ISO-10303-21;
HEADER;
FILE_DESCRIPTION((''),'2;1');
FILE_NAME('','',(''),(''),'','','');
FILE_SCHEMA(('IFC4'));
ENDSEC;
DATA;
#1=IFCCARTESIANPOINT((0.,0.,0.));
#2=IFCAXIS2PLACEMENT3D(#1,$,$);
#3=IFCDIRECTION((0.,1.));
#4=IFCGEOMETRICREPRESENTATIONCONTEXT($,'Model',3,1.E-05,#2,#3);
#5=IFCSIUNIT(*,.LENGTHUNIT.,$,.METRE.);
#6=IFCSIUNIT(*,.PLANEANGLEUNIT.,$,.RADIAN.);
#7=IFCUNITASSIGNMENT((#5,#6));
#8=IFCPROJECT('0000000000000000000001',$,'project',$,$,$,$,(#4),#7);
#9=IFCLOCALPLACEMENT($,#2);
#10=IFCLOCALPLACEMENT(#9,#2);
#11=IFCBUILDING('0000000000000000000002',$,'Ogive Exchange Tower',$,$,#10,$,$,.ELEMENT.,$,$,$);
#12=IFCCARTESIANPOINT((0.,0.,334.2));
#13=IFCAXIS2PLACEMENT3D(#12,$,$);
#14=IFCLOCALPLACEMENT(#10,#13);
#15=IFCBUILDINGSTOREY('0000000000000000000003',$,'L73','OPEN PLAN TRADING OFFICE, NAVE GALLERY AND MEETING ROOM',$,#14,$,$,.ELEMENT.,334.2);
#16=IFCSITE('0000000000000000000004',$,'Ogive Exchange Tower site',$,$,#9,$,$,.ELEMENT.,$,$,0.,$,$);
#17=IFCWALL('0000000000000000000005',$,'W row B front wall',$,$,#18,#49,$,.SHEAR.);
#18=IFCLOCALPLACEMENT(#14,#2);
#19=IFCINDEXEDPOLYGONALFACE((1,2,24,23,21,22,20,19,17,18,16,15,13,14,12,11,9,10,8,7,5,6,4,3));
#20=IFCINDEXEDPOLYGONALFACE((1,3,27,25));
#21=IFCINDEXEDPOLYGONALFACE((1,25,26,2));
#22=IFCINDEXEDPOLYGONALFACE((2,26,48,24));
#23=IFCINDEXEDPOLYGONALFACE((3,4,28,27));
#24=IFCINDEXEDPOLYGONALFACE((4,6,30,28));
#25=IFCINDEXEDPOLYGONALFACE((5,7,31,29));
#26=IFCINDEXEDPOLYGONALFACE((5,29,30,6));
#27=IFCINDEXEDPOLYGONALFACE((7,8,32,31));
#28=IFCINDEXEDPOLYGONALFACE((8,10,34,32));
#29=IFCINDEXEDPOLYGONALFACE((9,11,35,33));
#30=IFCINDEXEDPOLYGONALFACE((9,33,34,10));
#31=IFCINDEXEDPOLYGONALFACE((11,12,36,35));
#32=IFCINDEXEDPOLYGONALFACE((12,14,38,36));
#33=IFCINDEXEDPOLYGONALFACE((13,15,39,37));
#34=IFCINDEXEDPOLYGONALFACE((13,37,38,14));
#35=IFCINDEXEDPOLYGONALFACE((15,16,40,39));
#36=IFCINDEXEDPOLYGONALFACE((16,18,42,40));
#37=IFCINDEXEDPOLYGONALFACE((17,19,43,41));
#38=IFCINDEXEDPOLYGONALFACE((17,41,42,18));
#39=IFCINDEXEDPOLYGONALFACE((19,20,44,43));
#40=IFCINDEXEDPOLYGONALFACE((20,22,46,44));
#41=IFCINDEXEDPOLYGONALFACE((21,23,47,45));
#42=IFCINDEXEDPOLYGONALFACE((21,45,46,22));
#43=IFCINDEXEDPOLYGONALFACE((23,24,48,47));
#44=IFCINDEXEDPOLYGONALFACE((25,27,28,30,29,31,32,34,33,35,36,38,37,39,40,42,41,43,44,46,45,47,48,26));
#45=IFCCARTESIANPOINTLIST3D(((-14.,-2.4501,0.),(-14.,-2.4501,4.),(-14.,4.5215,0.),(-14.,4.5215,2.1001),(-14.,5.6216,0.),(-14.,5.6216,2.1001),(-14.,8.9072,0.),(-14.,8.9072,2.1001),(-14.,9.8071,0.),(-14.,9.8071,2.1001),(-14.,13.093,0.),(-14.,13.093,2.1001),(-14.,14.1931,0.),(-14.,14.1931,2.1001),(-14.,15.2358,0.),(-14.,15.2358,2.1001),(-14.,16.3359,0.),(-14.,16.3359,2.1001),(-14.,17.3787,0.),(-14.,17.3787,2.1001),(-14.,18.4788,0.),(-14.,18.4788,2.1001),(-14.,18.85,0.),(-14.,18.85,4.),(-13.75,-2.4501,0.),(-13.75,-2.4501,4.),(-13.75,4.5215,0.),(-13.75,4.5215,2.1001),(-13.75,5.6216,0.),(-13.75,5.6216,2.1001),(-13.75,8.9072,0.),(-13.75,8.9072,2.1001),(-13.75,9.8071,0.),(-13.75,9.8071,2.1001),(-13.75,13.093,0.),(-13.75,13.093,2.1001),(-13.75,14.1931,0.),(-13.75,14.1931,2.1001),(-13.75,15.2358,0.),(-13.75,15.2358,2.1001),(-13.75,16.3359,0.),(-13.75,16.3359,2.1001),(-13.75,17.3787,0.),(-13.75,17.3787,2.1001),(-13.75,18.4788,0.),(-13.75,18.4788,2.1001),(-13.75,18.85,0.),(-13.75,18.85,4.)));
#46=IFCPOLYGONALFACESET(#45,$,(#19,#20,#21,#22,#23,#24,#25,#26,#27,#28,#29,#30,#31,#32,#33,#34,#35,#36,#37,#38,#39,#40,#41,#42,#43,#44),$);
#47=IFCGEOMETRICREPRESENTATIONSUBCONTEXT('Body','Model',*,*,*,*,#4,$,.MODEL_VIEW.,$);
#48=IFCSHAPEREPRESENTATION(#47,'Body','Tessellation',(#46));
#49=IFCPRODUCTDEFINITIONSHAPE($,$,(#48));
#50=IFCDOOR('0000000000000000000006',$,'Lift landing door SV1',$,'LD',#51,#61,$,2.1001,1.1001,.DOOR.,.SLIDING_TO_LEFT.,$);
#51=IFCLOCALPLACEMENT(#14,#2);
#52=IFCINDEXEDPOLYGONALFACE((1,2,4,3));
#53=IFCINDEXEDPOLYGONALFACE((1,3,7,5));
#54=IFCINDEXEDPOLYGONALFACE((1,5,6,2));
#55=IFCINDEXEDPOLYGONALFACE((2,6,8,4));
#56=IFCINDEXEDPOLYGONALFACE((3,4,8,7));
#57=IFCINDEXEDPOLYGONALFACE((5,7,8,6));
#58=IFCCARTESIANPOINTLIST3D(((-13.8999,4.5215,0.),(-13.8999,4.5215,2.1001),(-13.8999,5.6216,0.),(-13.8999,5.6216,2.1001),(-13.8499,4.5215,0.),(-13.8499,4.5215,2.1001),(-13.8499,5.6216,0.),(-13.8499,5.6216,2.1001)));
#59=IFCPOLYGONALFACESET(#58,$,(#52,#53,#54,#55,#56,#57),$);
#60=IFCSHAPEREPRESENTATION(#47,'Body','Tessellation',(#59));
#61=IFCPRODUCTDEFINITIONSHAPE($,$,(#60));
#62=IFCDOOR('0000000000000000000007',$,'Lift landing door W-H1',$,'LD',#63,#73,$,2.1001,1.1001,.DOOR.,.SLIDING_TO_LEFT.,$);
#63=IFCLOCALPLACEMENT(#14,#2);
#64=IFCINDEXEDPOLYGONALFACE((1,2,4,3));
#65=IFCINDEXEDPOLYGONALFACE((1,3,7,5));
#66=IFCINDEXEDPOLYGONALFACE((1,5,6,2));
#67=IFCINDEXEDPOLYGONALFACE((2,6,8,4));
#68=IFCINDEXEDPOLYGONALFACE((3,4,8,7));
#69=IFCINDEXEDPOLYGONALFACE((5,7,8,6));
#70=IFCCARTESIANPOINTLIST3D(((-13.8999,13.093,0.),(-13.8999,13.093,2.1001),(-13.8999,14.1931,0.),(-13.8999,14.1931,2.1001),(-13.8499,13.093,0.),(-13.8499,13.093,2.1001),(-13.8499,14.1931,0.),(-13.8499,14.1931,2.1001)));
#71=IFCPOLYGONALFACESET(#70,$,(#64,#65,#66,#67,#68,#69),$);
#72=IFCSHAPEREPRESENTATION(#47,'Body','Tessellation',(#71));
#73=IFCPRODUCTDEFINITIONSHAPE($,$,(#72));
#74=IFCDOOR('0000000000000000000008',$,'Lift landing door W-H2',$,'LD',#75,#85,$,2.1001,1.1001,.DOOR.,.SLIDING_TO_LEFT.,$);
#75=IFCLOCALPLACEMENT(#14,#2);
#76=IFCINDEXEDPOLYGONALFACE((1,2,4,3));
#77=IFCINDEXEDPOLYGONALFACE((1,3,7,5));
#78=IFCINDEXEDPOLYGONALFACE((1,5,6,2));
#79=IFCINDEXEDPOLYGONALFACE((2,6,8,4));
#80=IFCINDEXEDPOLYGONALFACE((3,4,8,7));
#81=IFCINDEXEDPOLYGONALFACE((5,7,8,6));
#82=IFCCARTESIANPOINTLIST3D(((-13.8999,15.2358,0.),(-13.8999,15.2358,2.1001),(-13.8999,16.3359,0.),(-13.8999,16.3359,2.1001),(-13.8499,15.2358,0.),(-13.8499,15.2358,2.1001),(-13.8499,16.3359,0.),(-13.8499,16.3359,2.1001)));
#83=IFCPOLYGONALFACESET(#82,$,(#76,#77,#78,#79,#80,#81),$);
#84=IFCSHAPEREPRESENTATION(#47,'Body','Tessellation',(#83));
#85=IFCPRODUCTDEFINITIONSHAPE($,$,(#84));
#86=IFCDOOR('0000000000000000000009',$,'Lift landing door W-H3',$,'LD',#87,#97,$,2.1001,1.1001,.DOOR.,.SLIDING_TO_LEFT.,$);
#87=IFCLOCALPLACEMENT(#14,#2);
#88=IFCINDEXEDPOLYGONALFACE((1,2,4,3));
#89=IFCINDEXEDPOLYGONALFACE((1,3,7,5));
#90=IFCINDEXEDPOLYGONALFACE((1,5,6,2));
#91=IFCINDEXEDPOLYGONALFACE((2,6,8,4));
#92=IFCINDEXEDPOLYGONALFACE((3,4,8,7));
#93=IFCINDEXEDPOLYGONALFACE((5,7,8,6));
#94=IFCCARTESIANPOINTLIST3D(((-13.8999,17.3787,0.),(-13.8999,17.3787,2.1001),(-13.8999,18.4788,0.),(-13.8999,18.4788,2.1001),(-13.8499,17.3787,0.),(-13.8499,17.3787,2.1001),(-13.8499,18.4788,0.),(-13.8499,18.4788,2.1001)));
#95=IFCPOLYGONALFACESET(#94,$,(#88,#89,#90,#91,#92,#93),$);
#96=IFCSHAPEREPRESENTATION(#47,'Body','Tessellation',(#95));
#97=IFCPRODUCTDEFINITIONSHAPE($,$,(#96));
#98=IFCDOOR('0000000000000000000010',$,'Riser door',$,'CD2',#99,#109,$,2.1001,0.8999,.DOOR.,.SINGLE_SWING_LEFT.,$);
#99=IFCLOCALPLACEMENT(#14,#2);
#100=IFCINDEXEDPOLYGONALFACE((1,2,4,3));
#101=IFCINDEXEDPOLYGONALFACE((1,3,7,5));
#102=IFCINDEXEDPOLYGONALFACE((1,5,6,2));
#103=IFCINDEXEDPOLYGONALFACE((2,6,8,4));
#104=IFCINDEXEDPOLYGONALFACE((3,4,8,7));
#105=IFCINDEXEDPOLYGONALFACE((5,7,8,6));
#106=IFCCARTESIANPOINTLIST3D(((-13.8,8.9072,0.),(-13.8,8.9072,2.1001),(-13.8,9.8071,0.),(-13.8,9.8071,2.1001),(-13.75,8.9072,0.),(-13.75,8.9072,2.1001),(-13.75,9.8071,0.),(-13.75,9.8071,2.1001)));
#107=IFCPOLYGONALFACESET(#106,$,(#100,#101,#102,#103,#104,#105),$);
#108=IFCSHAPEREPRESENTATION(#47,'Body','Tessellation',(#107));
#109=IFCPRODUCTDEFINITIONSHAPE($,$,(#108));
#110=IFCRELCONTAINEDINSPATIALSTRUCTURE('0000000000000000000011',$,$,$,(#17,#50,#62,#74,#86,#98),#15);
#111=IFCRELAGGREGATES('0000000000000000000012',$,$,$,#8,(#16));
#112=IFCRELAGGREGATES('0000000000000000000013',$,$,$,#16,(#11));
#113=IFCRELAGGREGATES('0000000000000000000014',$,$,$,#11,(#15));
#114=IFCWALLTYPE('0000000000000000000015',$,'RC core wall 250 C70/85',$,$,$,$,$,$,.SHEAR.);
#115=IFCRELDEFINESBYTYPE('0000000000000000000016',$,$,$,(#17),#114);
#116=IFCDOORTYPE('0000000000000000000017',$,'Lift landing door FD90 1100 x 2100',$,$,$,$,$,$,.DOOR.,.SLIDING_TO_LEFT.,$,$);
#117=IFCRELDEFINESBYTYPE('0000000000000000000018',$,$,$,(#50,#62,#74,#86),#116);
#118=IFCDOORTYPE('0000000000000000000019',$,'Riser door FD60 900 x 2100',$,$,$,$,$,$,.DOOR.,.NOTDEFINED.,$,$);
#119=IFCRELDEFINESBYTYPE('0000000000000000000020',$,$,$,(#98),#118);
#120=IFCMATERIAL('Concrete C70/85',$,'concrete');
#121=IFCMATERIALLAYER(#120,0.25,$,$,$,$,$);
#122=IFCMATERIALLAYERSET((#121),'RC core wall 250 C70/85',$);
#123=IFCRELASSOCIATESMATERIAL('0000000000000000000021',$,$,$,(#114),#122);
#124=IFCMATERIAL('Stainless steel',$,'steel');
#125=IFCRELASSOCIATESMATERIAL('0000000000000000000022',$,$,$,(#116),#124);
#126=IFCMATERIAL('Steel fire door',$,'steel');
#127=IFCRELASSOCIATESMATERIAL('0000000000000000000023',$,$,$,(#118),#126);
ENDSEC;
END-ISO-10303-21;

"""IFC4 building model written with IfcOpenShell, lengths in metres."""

from ifc_helpers import new_model, si_unit, direction, frame, frame_2d, origin, place, context, subcontext, project, spatial, rectangle, extrude, material, layer, layer_set, type_object, element, fill, save


model = new_model("IFC4")

# Units and contexts
model_context = context("Model", 3, precision=1e-05, world=origin(), true_north=direction((0.0, 1.0)))
body_context = subcontext(model_context, "Body", "Model", "MODEL_VIEW")
ifc_project = project(units=[si_unit("LENGTHUNIT", "METRE"), si_unit("PLANEANGLEUNIT", "RADIAN")], contexts=[model_context])

# Site, building, storey
site_placement = place(None, origin())
site = spatial("IfcSite", under=ifc_project, at=site_placement, Name="Ogive Exchange Tower site", CompositionType="ELEMENT", RefElevation=0.0)
building_placement = place(site_placement, origin())
building = spatial("IfcBuilding", under=site, at=building_placement, Name="Ogive Exchange Tower", CompositionType="ELEMENT")
storey_placement = place(building_placement, frame((0.0, 0.0, 334.2)))
storey = spatial("IfcBuildingStorey", under=building, at=storey_placement, Name="L73", Description="OPEN PLAN TRADING OFFICE, NAVE GALLERY AND MEETING ROOM", CompositionType="ELEMENT", Elevation=334.2)

# Shared definitions
ifc_material_1 = material(Name="Concrete C70/85", Category="concrete")
ifc_layer_1 = layer(ifc_material_1, 0.25)
ifc_layer_set_1 = layer_set([ifc_layer_1], Name="RC core wall 250 C70/85")
wall_type_1 = type_object("IfcWallType", Name="RC core wall 250 C70/85", PredefinedType="SHEAR", material=ifc_layer_set_1)
ifc_material_2 = material(Name="Steel fire door", Category="steel")

# Wall, openings, doors
wall_1_placement = place(storey_placement, frame((-13.875, -2.45, 0.0), z_axis=(0.0, 0.0, 1.0), x_axis=(0.0, 1.0, 0.0)))
wall_1 = element("IfcWall", 1, at=wall_1_placement, inside=storey, type_object=wall_type_1, Name="W row B front wall", PredefinedType="SHEAR", context=body_context, shape_type="SweptSolid", body=[
    extrude(rectangle(XDim=21.3, YDim=0.25, at=frame_2d((10.6499, 0.0))), origin(), (0.0, 0.0, 1.0), 4.0),
])
opening_1_placement = place(wall_1_placement, frame((11.3572, 0.0, 0.0)))
opening_1 = element("IfcOpeningElement", 2, at=opening_1_placement, cuts=wall_1, PredefinedType="OPENING", context=body_context, shape_type="SweptSolid", body=[
    extrude(rectangle(XDim=0.8999, YDim=2.1001, at=frame_2d((0.45, 1.05))), frame((0.0, 0.135, 0.0), z_axis=(0.0, -1.0, 0.0), x_axis=(1.0, 0.0, 0.0)), (0.0, 0.0, 1.0), 0.27),
])
opening_2_placement = place(wall_1_placement, frame((6.9714, 0.0, 0.0)))
opening_2 = element("IfcOpeningElement", 3, at=opening_2_placement, cuts=wall_1, PredefinedType="OPENING", context=body_context, shape_type="SweptSolid", body=[
    extrude(rectangle(XDim=1.1001, YDim=2.1001, at=frame_2d((0.55, 1.05))), frame((0.0, 0.135, 0.0), z_axis=(0.0, -1.0, 0.0), x_axis=(1.0, 0.0, 0.0)), (0.0, 0.0, 1.0), 0.27),
])
opening_3_placement = place(wall_1_placement, frame((15.543, 0.0, 0.0)))
opening_3 = element("IfcOpeningElement", 4, at=opening_3_placement, cuts=wall_1, PredefinedType="OPENING", context=body_context, shape_type="SweptSolid", body=[
    extrude(rectangle(XDim=1.1001, YDim=2.1001, at=frame_2d((0.55, 1.05))), frame((0.0, 0.135, 0.0), z_axis=(0.0, -1.0, 0.0), x_axis=(1.0, 0.0, 0.0)), (0.0, 0.0, 1.0), 0.27),
])
opening_4_placement = place(wall_1_placement, frame((17.6858, 0.0, 0.0)))
opening_4 = element("IfcOpeningElement", 5, at=opening_4_placement, cuts=wall_1, PredefinedType="OPENING", context=body_context, shape_type="SweptSolid", body=[
    extrude(rectangle(XDim=1.1001, YDim=2.1001, at=frame_2d((0.55, 1.05))), frame((0.0, 0.135, 0.0), z_axis=(0.0, -1.0, 0.0), x_axis=(1.0, 0.0, 0.0)), (0.0, 0.0, 1.0), 0.27),
])
opening_5_placement = place(wall_1_placement, frame((19.8286, 0.0, 0.0)))
opening_5 = element("IfcOpeningElement", 6, at=opening_5_placement, cuts=wall_1, PredefinedType="OPENING", context=body_context, shape_type="SweptSolid", body=[
    extrude(rectangle(XDim=1.1001, YDim=2.1001, at=frame_2d((0.55, 1.05))), frame((0.0, 0.135, 0.0), z_axis=(0.0, -1.0, 0.0), x_axis=(1.0, 0.0, 0.0)), (0.0, 0.0, 1.0), 0.27),
])
ifc_material_3 = material(Name="Stainless steel", Category="steel")
door_type_1 = type_object("IfcDoorType", Name="Lift landing door FD90 1100 x 2100", OperationType="SLIDING_TO_LEFT", PredefinedType="DOOR", material=ifc_material_3)
door_1_placement = place(opening_2_placement, origin())
door_1 = element("IfcDoor", 7, at=door_1_placement, inside=storey, type_object=door_type_1, Name="Lift landing door SV1", ObjectType="LD", OperationType="SLIDING_TO_LEFT", OverallHeight=2.1001, OverallWidth=1.1001, PredefinedType="DOOR", context=body_context, shape_type="SweptSolid", body=[
    extrude(rectangle(XDim=1.1001, YDim=2.1001, at=frame_2d((0.55, 1.05))), frame((0.0, 0.0249, 0.0), z_axis=(0.0, -1.0, 0.0), x_axis=(1.0, 0.0, 0.0)), (0.0, 0.0, 1.0), 0.05),
])
fill(opening_2, door_1)
door_2_placement = place(opening_3_placement, origin())
door_2 = element("IfcDoor", 8, at=door_2_placement, inside=storey, type_object=door_type_1, Name="Lift landing door W-H1", ObjectType="LD", OperationType="SLIDING_TO_LEFT", OverallHeight=2.1001, OverallWidth=1.1001, PredefinedType="DOOR", context=body_context, shape_type="SweptSolid", body=[
    extrude(rectangle(XDim=1.1001, YDim=2.1001, at=frame_2d((0.55, 1.05))), frame((0.0, 0.0249, 0.0), z_axis=(0.0, -1.0, 0.0), x_axis=(1.0, 0.0, 0.0)), (0.0, 0.0, 1.0), 0.05),
])
fill(opening_3, door_2)
door_3_placement = place(opening_4_placement, origin())
door_3 = element("IfcDoor", 9, at=door_3_placement, inside=storey, type_object=door_type_1, Name="Lift landing door W-H2", ObjectType="LD", OperationType="SLIDING_TO_LEFT", OverallHeight=2.1001, OverallWidth=1.1001, PredefinedType="DOOR", context=body_context, shape_type="SweptSolid", body=[
    extrude(rectangle(XDim=1.1001, YDim=2.1001, at=frame_2d((0.55, 1.05))), frame((0.0, 0.0249, 0.0), z_axis=(0.0, -1.0, 0.0), x_axis=(1.0, 0.0, 0.0)), (0.0, 0.0, 1.0), 0.05),
])
fill(opening_4, door_3)
door_4_placement = place(opening_5_placement, origin())
door_4 = element("IfcDoor", 10, at=door_4_placement, inside=storey, type_object=door_type_1, Name="Lift landing door W-H3", ObjectType="LD", OperationType="SLIDING_TO_LEFT", OverallHeight=2.1001, OverallWidth=1.1001, PredefinedType="DOOR", context=body_context, shape_type="SweptSolid", body=[
    extrude(rectangle(XDim=1.1001, YDim=2.1001, at=frame_2d((0.55, 1.05))), frame((0.0, 0.0249, 0.0), z_axis=(0.0, -1.0, 0.0), x_axis=(1.0, 0.0, 0.0)), (0.0, 0.0, 1.0), 0.05),
])
fill(opening_5, door_4)
door_type_2 = type_object("IfcDoorType", Name="Riser door FD60 900 x 2100", OperationType="NOTDEFINED", PredefinedType="DOOR", material=ifc_material_2)
door_5_placement = place(opening_1_placement, frame((0.8999, -0.2002, 0.0), z_axis=(0.0, 0.0, 1.0), x_axis=(-1.0, 0.0, 0.0)))
door_5 = element("IfcDoor", 11, at=door_5_placement, inside=storey, type_object=door_type_2, Name="Riser door", ObjectType="CD2", OperationType="SINGLE_SWING_LEFT", OverallHeight=2.1001, OverallWidth=0.8999, PredefinedType="DOOR", context=body_context, shape_type="SweptSolid", body=[
    extrude(rectangle(XDim=0.8999, YDim=2.1001, at=frame_2d((0.45, 1.05))), frame((0.0, -0.0752, 0.0), z_axis=(0.0, -1.0, 0.0), x_axis=(1.0, 0.0, 0.0)), (0.0, 0.0, 1.0), 0.05),
])
fill(opening_1, door_5)

save(model, "model.ifc")
